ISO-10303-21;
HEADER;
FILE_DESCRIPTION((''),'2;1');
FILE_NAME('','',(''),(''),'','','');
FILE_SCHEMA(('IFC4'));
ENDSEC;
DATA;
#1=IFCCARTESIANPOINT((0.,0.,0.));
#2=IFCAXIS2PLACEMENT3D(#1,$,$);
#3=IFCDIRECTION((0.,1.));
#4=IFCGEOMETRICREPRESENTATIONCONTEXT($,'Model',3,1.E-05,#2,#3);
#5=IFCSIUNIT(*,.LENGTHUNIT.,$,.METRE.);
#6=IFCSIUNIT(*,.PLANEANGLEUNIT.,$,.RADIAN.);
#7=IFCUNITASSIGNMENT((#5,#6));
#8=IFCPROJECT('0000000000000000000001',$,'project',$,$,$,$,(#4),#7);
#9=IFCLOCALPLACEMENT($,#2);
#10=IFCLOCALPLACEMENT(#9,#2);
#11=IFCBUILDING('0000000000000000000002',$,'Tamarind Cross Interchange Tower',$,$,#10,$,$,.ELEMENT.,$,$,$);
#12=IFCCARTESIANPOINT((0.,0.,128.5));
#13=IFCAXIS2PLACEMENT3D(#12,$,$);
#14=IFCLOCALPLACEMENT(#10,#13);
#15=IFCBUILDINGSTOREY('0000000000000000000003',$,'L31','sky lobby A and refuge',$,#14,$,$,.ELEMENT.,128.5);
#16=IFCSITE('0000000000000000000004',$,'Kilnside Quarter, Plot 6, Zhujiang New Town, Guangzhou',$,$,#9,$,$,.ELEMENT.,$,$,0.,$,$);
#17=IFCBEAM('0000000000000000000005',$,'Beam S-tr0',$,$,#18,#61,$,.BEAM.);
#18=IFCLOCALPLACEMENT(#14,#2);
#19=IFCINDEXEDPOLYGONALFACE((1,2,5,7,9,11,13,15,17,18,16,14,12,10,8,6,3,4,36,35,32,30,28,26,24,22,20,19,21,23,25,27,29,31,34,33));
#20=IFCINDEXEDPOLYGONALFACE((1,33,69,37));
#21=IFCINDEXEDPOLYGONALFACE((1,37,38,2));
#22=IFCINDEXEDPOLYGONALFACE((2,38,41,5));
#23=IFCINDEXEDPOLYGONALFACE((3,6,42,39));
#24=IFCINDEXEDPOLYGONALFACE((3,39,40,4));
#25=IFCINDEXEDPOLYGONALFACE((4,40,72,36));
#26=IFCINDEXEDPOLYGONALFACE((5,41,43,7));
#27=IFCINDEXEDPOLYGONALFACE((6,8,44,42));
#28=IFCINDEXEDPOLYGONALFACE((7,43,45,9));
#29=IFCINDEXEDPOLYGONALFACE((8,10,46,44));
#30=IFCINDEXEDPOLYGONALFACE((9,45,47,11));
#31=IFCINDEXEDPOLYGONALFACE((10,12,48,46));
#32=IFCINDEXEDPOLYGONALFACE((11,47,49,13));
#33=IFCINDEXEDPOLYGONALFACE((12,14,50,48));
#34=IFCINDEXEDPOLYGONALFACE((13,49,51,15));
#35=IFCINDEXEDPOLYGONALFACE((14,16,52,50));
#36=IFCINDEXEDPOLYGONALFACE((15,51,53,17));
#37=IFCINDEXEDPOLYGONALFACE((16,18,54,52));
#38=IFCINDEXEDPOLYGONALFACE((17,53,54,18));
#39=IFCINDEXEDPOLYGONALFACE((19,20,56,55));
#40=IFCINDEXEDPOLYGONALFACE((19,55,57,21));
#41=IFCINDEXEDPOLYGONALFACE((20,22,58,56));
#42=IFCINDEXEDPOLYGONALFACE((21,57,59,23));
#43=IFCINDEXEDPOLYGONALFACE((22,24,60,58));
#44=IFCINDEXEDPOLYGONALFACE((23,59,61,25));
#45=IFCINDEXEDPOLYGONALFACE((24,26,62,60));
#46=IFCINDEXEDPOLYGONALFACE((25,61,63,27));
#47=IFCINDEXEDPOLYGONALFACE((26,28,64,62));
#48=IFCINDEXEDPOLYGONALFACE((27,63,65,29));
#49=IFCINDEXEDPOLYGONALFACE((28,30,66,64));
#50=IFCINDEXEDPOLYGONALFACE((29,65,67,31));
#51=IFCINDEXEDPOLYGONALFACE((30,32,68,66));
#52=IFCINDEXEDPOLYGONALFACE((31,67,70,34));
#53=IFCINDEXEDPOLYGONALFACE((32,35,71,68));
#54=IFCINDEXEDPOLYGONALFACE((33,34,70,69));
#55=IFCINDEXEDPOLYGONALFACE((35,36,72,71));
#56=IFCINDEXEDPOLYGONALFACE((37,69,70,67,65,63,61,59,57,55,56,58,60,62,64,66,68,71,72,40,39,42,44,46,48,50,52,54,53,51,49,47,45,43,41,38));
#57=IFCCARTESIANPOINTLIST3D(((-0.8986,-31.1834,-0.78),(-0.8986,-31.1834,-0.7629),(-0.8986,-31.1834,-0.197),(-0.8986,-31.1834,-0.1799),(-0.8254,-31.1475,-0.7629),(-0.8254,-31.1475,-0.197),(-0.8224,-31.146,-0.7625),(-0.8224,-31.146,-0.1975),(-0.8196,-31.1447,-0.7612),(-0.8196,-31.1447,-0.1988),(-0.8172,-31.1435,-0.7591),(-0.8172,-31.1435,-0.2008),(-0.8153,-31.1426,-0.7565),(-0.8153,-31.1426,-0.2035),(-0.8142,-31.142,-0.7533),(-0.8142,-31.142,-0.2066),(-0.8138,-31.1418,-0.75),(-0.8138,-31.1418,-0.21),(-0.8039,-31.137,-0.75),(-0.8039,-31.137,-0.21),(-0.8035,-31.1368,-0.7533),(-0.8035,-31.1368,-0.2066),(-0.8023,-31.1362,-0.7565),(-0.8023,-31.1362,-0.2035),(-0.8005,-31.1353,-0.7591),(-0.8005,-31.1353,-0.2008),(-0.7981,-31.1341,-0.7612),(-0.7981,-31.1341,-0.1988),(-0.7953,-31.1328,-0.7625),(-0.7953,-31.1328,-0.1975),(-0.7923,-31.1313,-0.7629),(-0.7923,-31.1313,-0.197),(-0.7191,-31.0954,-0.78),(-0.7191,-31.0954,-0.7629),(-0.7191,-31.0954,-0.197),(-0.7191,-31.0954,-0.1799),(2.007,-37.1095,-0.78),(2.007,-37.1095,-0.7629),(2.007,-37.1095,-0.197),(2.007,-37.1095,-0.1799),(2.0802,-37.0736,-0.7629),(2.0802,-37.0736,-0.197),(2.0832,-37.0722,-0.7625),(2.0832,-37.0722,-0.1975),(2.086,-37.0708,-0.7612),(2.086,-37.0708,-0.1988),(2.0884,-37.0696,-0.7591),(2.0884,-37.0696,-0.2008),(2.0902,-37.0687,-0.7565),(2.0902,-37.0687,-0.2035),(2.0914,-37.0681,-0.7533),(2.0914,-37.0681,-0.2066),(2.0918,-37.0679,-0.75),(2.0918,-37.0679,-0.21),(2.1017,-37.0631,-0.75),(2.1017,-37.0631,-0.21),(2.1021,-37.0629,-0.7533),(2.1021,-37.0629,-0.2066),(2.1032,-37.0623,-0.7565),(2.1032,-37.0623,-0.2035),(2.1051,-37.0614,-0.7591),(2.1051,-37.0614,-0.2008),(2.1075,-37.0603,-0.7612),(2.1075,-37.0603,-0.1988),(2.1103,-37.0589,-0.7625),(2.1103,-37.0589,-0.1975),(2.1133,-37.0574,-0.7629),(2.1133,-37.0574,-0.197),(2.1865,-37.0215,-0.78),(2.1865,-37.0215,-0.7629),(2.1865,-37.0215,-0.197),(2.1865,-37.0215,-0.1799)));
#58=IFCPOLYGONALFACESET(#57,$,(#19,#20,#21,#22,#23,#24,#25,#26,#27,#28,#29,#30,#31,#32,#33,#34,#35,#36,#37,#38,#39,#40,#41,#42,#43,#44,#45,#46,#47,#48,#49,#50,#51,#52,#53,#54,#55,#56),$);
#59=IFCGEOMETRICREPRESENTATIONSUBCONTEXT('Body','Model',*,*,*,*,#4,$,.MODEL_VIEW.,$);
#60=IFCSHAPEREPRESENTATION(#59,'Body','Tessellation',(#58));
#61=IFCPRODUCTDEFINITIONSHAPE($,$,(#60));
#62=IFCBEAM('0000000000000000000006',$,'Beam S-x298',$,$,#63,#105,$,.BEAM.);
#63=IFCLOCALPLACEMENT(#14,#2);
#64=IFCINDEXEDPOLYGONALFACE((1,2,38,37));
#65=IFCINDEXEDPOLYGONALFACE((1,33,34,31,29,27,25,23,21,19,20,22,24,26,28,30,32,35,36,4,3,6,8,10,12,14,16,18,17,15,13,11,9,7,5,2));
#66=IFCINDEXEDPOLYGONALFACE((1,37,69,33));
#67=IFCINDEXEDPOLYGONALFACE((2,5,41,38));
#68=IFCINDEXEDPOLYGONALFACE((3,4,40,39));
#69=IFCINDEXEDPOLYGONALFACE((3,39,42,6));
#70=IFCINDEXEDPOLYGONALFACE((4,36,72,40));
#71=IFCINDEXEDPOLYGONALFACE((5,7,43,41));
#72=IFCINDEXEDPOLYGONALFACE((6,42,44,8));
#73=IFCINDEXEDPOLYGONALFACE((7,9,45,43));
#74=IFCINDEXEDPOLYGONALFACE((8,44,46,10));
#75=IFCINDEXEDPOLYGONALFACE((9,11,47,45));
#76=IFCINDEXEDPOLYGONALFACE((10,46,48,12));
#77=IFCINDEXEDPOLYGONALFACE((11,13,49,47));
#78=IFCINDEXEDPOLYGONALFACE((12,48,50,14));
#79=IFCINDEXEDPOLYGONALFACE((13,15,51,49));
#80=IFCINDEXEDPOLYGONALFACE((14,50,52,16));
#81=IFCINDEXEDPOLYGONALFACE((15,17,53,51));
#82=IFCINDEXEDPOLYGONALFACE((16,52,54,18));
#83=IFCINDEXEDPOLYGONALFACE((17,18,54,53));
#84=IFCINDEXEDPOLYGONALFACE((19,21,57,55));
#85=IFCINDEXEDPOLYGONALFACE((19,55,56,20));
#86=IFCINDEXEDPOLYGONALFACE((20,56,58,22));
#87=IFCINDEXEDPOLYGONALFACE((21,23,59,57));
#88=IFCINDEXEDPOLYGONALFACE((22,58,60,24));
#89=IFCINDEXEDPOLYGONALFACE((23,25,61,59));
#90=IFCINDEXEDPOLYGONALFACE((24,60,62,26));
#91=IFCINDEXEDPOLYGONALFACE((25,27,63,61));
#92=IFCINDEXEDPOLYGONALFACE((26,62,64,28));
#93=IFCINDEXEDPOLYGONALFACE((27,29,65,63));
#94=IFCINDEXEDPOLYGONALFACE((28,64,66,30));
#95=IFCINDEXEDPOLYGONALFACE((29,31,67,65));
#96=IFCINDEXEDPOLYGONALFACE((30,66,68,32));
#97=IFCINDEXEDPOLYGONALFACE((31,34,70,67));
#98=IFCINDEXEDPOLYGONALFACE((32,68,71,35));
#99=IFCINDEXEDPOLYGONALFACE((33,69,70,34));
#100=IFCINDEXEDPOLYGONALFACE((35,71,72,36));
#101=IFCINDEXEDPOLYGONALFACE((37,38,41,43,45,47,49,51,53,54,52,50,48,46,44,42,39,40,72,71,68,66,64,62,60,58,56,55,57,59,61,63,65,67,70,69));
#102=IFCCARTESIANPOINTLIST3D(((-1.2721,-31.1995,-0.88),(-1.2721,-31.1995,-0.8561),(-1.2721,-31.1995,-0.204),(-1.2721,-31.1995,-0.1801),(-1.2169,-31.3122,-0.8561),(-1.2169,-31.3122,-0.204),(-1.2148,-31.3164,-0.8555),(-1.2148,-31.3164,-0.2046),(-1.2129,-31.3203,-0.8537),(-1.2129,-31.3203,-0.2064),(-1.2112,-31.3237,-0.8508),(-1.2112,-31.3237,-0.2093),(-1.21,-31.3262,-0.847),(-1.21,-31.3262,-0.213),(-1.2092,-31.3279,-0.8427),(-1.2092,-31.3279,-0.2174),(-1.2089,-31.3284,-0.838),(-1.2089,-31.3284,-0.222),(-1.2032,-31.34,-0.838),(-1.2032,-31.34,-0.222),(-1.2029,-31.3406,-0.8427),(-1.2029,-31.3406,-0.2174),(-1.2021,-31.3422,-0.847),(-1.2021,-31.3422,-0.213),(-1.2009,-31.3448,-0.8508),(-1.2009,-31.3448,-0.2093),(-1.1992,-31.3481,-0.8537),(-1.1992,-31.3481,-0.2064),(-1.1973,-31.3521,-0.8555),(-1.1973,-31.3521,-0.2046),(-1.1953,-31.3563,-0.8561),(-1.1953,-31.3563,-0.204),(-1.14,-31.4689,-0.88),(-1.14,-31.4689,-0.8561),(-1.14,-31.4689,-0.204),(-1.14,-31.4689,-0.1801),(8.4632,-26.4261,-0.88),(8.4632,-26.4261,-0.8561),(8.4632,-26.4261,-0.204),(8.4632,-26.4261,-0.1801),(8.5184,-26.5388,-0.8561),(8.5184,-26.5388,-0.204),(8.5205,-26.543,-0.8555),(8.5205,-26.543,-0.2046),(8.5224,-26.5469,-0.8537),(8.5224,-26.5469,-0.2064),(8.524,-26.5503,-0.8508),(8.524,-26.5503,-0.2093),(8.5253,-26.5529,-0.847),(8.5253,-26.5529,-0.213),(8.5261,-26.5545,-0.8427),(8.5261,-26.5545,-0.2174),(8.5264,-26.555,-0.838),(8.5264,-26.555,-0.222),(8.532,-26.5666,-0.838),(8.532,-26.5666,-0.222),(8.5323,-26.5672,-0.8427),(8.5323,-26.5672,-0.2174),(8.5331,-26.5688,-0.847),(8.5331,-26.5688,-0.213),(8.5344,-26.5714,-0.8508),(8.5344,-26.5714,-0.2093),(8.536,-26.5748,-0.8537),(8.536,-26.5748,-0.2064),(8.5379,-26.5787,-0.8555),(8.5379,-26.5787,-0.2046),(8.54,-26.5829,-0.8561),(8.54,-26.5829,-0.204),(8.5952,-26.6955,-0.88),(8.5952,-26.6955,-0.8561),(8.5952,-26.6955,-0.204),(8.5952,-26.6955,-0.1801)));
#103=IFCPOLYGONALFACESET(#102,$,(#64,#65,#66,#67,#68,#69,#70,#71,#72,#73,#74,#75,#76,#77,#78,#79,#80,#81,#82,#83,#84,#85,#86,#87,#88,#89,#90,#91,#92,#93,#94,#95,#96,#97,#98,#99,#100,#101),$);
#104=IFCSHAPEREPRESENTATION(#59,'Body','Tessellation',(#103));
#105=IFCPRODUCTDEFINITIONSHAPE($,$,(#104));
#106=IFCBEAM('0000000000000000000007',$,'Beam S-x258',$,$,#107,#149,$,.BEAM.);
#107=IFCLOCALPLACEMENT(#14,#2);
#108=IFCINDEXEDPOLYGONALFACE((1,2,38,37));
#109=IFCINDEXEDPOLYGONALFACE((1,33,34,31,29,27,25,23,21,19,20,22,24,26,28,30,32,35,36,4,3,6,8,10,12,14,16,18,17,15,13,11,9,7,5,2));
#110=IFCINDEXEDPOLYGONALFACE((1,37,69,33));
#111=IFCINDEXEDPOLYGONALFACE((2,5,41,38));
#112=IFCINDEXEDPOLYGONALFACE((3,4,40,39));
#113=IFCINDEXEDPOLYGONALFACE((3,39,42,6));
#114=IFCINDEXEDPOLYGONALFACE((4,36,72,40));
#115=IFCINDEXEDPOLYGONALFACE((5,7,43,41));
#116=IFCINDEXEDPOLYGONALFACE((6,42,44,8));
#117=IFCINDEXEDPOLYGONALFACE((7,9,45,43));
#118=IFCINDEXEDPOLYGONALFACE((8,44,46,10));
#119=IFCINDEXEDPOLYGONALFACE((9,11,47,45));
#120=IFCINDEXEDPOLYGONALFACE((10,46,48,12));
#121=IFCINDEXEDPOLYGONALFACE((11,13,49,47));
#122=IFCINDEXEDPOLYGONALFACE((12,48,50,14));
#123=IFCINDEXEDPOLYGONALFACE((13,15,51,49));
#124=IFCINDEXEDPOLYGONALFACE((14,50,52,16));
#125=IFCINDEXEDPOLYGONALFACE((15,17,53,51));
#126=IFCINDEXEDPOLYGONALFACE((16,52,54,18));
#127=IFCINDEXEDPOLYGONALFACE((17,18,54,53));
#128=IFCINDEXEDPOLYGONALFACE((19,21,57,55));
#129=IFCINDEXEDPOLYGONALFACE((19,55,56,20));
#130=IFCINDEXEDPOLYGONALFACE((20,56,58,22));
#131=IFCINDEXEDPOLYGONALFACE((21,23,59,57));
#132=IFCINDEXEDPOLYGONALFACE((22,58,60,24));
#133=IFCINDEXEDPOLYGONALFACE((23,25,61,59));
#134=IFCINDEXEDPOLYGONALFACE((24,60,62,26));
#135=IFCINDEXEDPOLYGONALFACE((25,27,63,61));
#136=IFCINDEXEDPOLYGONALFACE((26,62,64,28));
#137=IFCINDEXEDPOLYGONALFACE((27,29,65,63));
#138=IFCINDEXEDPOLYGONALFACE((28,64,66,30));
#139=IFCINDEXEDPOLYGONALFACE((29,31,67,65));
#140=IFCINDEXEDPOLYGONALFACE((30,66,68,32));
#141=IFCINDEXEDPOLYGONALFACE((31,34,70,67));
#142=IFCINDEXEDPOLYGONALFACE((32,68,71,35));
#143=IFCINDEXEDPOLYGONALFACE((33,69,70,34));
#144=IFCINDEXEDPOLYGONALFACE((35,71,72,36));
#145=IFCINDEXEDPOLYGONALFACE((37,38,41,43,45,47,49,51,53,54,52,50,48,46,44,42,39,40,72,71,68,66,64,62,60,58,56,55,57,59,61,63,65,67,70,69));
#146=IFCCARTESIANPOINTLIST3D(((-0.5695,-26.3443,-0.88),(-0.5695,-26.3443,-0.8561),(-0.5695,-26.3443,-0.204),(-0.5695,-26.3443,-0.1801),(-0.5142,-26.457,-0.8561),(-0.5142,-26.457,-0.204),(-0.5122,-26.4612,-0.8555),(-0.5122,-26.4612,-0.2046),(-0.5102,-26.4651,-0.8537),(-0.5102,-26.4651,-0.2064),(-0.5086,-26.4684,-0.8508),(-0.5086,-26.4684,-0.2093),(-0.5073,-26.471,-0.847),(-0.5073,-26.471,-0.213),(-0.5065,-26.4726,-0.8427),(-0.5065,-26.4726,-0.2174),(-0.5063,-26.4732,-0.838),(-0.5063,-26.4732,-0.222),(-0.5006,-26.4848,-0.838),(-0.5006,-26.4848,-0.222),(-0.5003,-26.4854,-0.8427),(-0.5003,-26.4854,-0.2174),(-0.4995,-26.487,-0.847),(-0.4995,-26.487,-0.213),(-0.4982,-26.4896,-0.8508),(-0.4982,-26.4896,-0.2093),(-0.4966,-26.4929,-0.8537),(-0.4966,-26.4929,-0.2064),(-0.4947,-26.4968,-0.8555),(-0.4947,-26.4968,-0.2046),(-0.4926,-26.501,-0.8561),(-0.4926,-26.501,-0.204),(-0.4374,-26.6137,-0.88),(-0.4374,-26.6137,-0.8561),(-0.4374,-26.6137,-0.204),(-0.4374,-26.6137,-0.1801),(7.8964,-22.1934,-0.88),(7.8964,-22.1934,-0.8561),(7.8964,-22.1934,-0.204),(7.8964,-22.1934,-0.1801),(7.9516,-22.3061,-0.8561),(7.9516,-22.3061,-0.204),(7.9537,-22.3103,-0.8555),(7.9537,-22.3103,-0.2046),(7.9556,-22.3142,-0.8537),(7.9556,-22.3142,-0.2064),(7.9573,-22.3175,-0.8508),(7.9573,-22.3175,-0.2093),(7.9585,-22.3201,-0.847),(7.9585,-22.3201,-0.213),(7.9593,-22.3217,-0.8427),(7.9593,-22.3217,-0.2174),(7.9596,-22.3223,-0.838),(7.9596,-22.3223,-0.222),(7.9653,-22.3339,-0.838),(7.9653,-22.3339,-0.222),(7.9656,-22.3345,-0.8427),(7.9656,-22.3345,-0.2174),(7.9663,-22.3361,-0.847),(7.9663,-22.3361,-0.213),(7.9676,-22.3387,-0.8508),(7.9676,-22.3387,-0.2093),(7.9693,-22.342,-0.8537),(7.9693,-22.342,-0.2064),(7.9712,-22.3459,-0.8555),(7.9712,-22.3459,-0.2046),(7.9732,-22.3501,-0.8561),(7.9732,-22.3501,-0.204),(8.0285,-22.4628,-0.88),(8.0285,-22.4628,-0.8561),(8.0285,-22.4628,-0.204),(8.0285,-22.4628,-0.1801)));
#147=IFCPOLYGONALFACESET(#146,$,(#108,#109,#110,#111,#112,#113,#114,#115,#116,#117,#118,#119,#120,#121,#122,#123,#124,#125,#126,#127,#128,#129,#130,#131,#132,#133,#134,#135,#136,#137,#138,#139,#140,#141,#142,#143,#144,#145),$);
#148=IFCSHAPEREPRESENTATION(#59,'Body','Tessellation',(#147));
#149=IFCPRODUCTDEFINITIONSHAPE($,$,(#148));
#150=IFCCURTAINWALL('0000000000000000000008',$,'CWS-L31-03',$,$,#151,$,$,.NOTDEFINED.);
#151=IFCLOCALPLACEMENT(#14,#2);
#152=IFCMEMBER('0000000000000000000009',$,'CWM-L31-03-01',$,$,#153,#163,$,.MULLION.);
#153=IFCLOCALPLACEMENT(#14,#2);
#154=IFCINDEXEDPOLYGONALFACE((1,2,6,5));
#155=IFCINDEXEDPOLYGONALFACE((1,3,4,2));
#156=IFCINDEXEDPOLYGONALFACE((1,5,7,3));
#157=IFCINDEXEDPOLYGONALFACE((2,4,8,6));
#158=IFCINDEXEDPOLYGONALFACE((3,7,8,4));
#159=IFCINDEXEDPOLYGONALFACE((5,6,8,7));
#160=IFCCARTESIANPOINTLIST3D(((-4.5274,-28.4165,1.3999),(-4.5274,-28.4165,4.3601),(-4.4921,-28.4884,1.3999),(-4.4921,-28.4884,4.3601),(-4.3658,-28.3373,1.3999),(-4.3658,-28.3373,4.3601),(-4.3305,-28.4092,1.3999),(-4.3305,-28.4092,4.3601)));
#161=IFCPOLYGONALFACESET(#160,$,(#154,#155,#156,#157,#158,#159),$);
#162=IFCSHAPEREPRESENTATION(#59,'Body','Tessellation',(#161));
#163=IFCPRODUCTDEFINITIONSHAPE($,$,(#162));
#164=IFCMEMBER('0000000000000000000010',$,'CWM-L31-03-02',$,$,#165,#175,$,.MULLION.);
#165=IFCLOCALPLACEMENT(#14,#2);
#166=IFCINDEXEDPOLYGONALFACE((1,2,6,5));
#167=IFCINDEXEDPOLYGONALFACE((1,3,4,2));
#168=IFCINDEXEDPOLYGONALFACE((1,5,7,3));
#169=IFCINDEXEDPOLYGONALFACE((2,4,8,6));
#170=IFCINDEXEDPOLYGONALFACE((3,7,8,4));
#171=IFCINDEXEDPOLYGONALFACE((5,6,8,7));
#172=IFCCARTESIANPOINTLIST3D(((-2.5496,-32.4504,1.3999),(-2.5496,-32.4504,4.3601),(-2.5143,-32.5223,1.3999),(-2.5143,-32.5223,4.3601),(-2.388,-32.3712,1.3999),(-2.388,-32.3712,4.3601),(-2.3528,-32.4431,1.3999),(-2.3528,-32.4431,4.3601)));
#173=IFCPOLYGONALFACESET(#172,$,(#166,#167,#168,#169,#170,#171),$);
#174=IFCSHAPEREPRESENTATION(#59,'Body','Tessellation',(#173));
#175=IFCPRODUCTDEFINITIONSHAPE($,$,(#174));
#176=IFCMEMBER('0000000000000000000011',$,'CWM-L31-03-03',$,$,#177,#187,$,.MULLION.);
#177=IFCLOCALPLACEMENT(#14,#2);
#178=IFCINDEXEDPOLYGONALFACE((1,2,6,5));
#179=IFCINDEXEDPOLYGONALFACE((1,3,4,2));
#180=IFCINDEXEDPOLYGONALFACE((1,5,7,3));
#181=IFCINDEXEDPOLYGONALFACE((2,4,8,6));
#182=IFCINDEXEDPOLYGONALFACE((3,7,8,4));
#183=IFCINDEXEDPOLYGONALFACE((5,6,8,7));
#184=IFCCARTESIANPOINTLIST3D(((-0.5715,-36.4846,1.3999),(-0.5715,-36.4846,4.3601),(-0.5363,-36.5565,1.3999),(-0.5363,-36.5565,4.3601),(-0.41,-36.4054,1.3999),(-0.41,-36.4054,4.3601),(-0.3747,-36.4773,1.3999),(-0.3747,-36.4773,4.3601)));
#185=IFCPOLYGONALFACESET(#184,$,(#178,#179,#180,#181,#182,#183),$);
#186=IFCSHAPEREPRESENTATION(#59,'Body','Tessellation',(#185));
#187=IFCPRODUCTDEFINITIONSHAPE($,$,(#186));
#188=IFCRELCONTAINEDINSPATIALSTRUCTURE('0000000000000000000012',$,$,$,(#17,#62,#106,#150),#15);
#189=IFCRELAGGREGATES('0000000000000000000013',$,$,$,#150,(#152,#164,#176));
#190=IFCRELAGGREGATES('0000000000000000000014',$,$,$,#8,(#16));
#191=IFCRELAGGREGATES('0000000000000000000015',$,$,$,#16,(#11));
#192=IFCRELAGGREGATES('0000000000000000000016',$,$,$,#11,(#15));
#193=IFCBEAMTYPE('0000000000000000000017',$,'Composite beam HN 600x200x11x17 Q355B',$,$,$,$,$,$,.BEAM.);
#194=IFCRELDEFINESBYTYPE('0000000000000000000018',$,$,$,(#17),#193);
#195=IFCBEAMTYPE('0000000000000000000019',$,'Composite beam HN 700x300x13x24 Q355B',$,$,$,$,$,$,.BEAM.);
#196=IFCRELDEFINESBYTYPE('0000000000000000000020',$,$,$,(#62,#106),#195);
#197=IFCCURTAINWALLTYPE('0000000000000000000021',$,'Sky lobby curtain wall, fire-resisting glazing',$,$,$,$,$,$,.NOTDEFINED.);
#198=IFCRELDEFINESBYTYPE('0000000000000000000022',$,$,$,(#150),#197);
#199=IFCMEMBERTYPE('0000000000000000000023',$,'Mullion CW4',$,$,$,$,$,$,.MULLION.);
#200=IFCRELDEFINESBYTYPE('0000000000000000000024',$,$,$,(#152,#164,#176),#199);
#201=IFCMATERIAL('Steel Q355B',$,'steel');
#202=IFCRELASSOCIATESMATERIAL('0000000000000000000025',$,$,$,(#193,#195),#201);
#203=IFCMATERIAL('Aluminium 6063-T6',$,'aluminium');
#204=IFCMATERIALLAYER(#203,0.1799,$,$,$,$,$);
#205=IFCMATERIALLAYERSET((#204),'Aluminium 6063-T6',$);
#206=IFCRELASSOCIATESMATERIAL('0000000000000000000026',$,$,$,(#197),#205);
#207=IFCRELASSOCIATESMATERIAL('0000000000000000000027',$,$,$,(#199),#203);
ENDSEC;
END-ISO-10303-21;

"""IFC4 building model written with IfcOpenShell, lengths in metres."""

from ifc_helpers import new_model, si_unit, direction, frame, origin, origin_2d, place, context, subcontext, project, spatial, rectangle, i_section, extrude, material, layer, layer_set, material_profile, profile_set, type_object, element, aggregate, save


model = new_model("IFC4")

# Units and contexts
model_context = context("Model", 3, precision=1e-05, world=origin(), true_north=direction((0.0, 1.0)))
body_context = subcontext(model_context, "Body", "Model", "MODEL_VIEW")
ifc_project = project(units=[si_unit("LENGTHUNIT", "METRE"), si_unit("PLANEANGLEUNIT", "RADIAN")], contexts=[model_context])

# Site, building, storey
site_placement = place(None, origin())
site = spatial("IfcSite", under=ifc_project, at=site_placement, Name="Kilnside Quarter, Plot 6, Zhujiang New Town, Guangzhou", CompositionType="ELEMENT", RefElevation=0.0)
building_placement = place(site_placement, origin())
building = spatial("IfcBuilding", under=site, at=building_placement, Name="Tamarind Cross Interchange Tower", CompositionType="ELEMENT")
storey_placement = place(building_placement, frame((0.0, 0.0, 128.5)))
storey = spatial("IfcBuildingStorey", under=building, at=storey_placement, Name="L31", Description="sky lobby A and refuge", CompositionType="ELEMENT", Elevation=128.5)

# Beams
ifc_material_1 = material(Name="Steel Q355B", Category="steel")
ifc_material_profile_1 = material_profile(ifc_material_1, i_section(OverallWidth=0.2, OverallDepth=0.6001, WebThickness=0.011, FlangeThickness=0.0171, FilletRadius=0.0129, at=origin_2d()), Name="HN 600x200x11x17")
ifc_profile_set_1 = profile_set([ifc_material_profile_1], Name="Steel Q355B")
beam_type_1 = type_object("IfcBeamType", Name="Composite beam HN 600x200x11x17 Q355B", PredefinedType="BEAM", material=ifc_profile_set_1)
beam_1_placement = place(storey_placement, frame((-0.8088, -31.1394, -0.48), z_axis=(0.440231, -0.897885, 0.0), x_axis=(0.897885, 0.440231, 0.0)))
element("IfcBeam", 1, at=beam_1_placement, inside=storey, type_object=beam_type_1, Name="Beam S-tr0", PredefinedType="BEAM", context=body_context, shape_type="SweptSolid", body=[
    extrude(i_section(OverallWidth=0.2, OverallDepth=0.6001, WebThickness=0.011, FlangeThickness=0.0171, FilletRadius=0.0129, at=origin_2d()), origin(), (0.0, 0.0, 1.0), 6.6001),
])
ifc_material_profile_2 = material_profile(ifc_material_1, i_section(OverallWidth=0.3, OverallDepth=0.7, WebThickness=0.0129, FlangeThickness=0.0239, FilletRadius=0.0181, at=origin_2d()), Name="HN 700x300x13x24")
ifc_profile_set_2 = profile_set([ifc_material_profile_2], Name="Steel Q355B")
beam_type_2 = type_object("IfcBeamType", Name="Composite beam HN 700x300x13x24 Q355B", PredefinedType="BEAM", material=ifc_profile_set_2)
beam_2_placement = place(storey_placement, frame((-1.2061, -31.3342, -0.53), z_axis=(0.897877, 0.440247, 0.0), x_axis=(-0.440247, 0.897877, 0.0)))
element("IfcBeam", 2, at=beam_2_placement, inside=storey, type_object=beam_type_2, Name="Beam S-x298", PredefinedType="BEAM", context=body_context, shape_type="SweptSolid", body=[
    extrude(i_section(OverallWidth=0.3, OverallDepth=0.7, WebThickness=0.0129, FlangeThickness=0.0239, FilletRadius=0.0181, at=origin_2d()), origin(), (0.0, 0.0, 1.0), 10.8425),
])
beam_3_placement = place(storey_placement, frame((-0.5034, -26.479, -0.53), z_axis=(0.89788, 0.44024, 0.0), x_axis=(-0.44024, 0.89788, 0.0)))
element("IfcBeam", 3, at=beam_3_placement, inside=storey, type_object=beam_type_2, Name="Beam S-x258", PredefinedType="BEAM", context=body_context, shape_type="SweptSolid", body=[
    extrude(i_section(OverallWidth=0.3, OverallDepth=0.7, WebThickness=0.0129, FlangeThickness=0.0239, FilletRadius=0.0181, at=origin_2d()), origin(), (0.0, 0.0, 1.0), 9.4287),
])

# Curtain wall, members
ifc_material_2 = material(Name="Aluminium 6063-T6", Category="aluminium")
ifc_layer_1 = layer(ifc_material_2, 0.1799)
ifc_layer_set_1 = layer_set([ifc_layer_1], Name="Aluminium 6063-T6")
curtain_wall_type_1 = type_object("IfcCurtainWallType", Name="Sky lobby curtain wall, fire-resisting glazing", PredefinedType="NOTDEFINED", material=ifc_layer_set_1)
curtain_wall_1_placement = place(storey_placement, origin())
curtain_wall_1 = element("IfcCurtainWall", 4, at=curtain_wall_1_placement, inside=storey, type_object=curtain_wall_type_1, Name="CWS-L31-03", PredefinedType="NOTDEFINED")
ifc_material_profile_3 = material_profile(ifc_material_2, rectangle(XDim=0.0801, YDim=0.1799, at=origin_2d()), Name="Mullion CW4")
ifc_profile_set_3 = profile_set([ifc_material_profile_3], Name="Aluminium 6063-T6")
member_type_1 = type_object("IfcMemberType", Name="Mullion CW4", PredefinedType="MULLION", material=ifc_profile_set_3)
member_1_placement = place(storey_placement, frame((-4.429, -28.4128, 1.3999), z_axis=(0.0, 0.0, 1.0), x_axis=(0.440253, -0.897874, 0.0)))
member_1 = element("IfcMember", 5, at=member_1_placement, type_object=member_type_1, Name="CWM-L31-03-01", PredefinedType="MULLION", context=body_context, shape_type="SweptSolid", body=[
    extrude(rectangle(XDim=0.0801, YDim=0.1799, at=origin_2d()), origin(), (0.0, 0.0, 1.0), 2.9602),
])
member_2_placement = place(storey_placement, frame((-2.4512, -32.4468, 1.3999), z_axis=(0.0, 0.0, 1.0), x_axis=(0.440253, -0.897874, 0.0)))
member_2 = element("IfcMember", 6, at=member_2_placement, type_object=member_type_1, Name="CWM-L31-03-02", PredefinedType="MULLION", context=body_context, shape_type="SweptSolid", body=[
    extrude(rectangle(XDim=0.0801, YDim=0.1799, at=origin_2d()), origin(), (0.0, 0.0, 1.0), 2.9602),
])
member_3_placement = place(storey_placement, frame((-0.4731, -36.481, 1.3999), z_axis=(0.0, 0.0, 1.0), x_axis=(0.440253, -0.897874, 0.0)))
member_3 = element("IfcMember", 7, at=member_3_placement, type_object=member_type_1, Name="CWM-L31-03-03", PredefinedType="MULLION", context=body_context, shape_type="SweptSolid", body=[
    extrude(rectangle(XDim=0.0801, YDim=0.1799, at=origin_2d()), origin(), (0.0, 0.0, 1.0), 2.9602),
])
aggregate(curtain_wall_1, [member_1, member_2, member_3])

save(model, "model.ifc")
